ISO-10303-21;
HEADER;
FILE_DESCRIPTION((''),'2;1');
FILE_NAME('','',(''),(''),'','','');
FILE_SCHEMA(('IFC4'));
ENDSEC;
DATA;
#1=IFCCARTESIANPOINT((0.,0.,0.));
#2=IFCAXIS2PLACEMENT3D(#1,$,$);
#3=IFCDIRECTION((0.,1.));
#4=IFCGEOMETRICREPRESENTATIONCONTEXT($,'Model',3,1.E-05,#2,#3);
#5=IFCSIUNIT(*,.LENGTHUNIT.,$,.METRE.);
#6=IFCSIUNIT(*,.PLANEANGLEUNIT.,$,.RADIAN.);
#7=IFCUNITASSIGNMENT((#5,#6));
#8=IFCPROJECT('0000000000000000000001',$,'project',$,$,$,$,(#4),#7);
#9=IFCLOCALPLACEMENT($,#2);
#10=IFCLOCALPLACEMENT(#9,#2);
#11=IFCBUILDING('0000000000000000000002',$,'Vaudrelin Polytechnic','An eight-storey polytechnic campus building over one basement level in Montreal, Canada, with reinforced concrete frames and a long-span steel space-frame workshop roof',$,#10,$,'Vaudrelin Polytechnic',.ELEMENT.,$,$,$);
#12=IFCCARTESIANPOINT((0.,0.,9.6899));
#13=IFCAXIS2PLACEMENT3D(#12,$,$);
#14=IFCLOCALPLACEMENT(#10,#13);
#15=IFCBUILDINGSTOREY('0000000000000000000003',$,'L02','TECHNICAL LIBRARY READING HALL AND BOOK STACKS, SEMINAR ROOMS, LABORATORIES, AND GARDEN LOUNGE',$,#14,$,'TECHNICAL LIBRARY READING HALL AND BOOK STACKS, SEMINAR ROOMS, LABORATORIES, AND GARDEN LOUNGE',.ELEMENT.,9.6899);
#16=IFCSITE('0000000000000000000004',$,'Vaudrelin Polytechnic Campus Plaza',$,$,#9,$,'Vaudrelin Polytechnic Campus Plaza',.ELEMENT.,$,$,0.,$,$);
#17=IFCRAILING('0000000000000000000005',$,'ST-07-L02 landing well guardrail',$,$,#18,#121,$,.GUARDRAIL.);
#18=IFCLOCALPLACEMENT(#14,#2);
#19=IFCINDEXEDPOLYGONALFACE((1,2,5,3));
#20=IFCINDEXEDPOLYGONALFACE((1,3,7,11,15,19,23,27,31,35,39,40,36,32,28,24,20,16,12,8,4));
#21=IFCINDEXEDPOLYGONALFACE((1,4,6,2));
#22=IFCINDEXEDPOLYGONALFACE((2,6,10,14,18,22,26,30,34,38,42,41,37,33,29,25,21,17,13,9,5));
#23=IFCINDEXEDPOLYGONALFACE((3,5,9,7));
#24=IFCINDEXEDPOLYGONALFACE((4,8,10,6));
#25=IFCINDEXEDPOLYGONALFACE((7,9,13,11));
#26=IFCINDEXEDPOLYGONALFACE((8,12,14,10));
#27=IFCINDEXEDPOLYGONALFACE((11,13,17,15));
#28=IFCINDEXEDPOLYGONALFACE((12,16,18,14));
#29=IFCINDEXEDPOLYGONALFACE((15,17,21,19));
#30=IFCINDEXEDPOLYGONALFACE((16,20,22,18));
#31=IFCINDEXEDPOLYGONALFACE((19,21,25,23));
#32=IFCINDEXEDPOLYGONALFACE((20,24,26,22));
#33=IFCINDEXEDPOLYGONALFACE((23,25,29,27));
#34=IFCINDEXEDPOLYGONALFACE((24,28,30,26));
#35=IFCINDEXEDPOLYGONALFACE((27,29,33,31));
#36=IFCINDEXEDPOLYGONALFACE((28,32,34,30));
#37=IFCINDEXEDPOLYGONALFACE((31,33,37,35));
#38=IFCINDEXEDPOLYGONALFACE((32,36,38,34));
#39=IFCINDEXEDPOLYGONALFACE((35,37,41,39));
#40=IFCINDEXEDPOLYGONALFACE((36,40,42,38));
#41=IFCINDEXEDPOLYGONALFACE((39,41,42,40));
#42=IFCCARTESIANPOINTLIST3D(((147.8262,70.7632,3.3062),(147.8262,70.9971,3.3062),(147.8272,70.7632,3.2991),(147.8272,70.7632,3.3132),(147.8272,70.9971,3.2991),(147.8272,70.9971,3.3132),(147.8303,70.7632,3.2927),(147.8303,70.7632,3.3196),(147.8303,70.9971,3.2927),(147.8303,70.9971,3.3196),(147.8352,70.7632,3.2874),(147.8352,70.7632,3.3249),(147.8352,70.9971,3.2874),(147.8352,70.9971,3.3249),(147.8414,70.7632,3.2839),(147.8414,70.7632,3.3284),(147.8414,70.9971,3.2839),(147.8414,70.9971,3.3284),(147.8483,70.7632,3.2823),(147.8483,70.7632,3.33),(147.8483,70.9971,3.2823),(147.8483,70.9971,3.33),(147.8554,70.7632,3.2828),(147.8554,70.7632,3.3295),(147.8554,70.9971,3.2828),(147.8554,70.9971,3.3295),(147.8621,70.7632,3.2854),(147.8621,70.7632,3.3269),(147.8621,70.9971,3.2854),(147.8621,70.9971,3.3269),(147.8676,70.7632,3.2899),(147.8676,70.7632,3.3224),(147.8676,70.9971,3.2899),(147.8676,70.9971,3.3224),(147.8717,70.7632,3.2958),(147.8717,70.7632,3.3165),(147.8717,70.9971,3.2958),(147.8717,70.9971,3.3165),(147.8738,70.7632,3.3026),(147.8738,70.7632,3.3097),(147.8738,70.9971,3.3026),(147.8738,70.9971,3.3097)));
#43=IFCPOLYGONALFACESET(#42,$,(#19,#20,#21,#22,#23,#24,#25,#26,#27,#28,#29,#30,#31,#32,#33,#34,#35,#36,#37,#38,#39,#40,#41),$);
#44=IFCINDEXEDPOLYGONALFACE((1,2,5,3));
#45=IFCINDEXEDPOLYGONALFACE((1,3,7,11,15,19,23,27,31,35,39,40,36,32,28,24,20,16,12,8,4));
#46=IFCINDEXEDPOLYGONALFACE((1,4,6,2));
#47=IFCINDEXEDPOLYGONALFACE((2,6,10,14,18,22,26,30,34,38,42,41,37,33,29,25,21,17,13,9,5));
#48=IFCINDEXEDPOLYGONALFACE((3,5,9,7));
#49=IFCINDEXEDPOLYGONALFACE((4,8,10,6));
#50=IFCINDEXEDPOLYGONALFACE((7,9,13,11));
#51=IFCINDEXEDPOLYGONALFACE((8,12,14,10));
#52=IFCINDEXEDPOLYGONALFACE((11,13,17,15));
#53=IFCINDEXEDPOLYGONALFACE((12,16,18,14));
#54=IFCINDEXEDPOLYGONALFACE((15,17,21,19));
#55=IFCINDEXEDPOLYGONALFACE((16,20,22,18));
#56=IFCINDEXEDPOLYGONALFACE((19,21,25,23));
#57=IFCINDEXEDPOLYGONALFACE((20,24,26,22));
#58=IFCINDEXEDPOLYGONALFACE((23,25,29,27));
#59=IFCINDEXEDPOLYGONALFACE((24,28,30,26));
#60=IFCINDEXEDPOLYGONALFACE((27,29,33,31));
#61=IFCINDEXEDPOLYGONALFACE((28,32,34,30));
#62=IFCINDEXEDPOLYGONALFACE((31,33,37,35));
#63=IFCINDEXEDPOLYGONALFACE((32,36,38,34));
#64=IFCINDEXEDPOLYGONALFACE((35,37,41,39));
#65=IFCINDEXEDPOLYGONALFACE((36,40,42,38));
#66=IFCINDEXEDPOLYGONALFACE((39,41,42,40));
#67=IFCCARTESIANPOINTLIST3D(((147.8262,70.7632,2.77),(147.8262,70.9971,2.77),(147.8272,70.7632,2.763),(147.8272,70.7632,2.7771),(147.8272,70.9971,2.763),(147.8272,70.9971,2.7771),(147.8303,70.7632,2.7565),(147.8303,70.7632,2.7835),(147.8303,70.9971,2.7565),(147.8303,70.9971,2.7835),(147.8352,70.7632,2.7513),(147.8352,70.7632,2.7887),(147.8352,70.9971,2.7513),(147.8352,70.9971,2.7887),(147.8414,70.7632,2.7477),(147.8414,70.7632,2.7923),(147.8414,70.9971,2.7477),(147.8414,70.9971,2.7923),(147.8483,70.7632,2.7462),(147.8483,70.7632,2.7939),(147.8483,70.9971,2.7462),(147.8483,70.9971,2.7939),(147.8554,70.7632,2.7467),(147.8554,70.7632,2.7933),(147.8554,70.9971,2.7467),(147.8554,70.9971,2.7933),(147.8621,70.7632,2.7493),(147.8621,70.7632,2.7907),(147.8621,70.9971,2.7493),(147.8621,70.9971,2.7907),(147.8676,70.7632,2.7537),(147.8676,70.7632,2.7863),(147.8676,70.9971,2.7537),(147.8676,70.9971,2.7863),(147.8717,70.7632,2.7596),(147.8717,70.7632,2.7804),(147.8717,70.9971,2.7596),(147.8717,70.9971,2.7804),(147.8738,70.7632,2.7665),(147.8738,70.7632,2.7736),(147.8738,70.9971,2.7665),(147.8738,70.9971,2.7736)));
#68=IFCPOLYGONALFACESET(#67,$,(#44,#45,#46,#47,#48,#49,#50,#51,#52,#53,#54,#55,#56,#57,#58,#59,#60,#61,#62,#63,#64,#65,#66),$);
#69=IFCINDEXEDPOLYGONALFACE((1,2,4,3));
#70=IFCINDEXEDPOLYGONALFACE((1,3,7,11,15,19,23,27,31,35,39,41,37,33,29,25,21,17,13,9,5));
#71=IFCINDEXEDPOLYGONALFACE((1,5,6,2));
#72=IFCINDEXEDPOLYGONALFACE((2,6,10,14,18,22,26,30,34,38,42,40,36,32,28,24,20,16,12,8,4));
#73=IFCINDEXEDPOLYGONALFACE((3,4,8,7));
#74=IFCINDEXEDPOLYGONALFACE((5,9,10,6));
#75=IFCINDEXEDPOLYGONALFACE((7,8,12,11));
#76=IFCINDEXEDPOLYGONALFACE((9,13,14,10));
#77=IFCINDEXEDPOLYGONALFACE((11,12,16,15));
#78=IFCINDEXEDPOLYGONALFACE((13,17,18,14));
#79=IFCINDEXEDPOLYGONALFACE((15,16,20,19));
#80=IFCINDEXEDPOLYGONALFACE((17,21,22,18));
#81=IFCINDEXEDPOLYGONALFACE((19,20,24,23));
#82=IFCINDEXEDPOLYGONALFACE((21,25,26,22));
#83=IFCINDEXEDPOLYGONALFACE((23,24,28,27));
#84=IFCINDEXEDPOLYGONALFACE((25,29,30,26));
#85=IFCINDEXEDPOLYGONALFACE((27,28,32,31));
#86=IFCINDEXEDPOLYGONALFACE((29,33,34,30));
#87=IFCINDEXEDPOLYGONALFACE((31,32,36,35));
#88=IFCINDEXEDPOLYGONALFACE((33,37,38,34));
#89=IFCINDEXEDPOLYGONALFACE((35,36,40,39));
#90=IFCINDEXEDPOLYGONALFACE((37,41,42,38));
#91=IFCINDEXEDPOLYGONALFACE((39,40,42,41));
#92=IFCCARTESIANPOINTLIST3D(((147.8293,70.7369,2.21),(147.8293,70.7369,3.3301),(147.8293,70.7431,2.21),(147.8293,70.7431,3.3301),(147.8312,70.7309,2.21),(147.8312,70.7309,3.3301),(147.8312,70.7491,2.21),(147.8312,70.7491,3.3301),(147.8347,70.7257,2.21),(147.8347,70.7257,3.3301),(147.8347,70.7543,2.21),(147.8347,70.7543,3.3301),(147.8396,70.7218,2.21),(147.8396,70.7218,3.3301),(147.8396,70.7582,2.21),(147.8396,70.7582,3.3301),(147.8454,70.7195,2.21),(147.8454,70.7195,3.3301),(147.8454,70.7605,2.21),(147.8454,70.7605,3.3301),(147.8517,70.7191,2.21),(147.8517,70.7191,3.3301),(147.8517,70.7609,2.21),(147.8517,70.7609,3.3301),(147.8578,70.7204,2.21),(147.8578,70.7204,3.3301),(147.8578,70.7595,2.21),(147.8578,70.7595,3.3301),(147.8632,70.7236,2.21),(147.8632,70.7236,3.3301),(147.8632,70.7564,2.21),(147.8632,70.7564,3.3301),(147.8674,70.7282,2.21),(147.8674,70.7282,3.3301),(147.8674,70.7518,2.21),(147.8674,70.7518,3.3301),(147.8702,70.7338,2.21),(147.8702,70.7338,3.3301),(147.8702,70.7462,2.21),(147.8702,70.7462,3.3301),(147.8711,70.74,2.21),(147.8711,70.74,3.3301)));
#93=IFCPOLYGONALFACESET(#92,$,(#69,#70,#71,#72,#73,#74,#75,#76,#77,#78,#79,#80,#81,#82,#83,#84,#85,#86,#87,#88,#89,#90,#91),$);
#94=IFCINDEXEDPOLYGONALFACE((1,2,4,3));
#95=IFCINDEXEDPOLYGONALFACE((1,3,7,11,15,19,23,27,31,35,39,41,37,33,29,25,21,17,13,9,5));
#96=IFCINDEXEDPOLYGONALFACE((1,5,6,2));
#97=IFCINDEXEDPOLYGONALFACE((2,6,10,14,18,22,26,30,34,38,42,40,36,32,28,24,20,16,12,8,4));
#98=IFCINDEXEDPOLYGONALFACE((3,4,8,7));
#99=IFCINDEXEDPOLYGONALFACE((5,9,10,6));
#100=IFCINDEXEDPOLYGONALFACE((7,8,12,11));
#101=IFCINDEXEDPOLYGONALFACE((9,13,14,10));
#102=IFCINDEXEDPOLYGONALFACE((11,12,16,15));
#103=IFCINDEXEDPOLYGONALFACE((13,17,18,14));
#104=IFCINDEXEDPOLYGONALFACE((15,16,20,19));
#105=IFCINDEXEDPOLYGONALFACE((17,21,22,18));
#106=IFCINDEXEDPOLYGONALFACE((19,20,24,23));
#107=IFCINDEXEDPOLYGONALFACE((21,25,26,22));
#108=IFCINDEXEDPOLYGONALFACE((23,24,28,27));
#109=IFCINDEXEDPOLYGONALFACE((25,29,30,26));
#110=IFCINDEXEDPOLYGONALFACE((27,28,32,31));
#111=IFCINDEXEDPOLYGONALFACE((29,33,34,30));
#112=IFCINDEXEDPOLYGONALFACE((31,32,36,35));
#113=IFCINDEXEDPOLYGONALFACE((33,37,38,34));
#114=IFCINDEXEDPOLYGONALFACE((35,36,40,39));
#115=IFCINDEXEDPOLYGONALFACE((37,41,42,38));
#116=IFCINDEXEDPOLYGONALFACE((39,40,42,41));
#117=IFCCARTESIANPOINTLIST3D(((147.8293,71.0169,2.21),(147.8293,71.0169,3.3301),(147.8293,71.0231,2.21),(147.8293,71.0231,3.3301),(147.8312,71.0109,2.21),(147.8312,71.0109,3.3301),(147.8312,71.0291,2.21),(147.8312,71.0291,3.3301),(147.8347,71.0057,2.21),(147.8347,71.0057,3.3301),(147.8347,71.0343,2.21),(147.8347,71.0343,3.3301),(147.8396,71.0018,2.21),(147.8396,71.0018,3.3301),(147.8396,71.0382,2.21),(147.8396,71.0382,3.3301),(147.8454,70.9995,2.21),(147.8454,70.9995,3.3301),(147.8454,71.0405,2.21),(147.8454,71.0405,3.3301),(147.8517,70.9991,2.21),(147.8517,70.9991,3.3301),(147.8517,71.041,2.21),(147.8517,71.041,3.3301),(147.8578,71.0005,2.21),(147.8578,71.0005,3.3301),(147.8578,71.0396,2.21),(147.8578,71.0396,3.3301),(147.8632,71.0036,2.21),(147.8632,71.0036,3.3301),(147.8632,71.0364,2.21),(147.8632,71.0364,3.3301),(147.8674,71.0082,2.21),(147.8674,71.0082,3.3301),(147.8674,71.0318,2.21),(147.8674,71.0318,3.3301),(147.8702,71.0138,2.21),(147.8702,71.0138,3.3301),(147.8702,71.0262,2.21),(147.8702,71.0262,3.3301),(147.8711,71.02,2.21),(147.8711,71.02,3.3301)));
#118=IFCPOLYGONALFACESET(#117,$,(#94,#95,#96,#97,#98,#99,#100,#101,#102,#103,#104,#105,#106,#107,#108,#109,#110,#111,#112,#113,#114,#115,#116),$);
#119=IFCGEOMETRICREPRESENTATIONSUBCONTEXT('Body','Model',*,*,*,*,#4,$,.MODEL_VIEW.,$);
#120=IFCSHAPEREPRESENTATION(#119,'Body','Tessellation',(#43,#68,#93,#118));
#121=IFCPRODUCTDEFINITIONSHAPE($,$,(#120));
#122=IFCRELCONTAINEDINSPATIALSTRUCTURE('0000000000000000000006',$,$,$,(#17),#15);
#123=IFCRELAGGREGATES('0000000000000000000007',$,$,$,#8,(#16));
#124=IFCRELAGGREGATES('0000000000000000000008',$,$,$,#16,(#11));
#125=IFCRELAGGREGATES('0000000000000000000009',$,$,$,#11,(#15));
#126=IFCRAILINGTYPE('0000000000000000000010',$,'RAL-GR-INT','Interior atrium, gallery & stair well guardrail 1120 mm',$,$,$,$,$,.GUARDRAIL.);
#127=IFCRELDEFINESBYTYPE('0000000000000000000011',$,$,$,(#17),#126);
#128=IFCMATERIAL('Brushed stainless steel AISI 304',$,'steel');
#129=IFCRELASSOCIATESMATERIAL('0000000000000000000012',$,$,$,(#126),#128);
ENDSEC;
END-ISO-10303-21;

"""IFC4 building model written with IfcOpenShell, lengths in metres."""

from ifc_helpers import new_model, si_unit, direction, frame, origin, origin_2d, place, context, subcontext, project, spatial, circle, extrude, material, type_object, element, save


model = new_model("IFC4")

# Units and contexts
model_context = context("Model", 3, precision=1e-05, world=origin(), true_north=direction((0.0, 1.0)))
body_context = subcontext(model_context, "Body", "Model", "MODEL_VIEW")
ifc_project = project(units=[si_unit("LENGTHUNIT", "METRE"), si_unit("PLANEANGLEUNIT", "RADIAN")], contexts=[model_context])

# Site, building, storey
site_placement = place(None, origin())
site = spatial("IfcSite", under=ifc_project, at=site_placement, Name="Vaudrelin Polytechnic Campus Plaza", LongName="Vaudrelin Polytechnic Campus Plaza", CompositionType="ELEMENT", RefElevation=0.0)
building_placement = place(site_placement, origin())
building = spatial("IfcBuilding", under=site, at=building_placement, Name="Vaudrelin Polytechnic", Description="An eight-storey polytechnic campus building over one basement level in Montreal, Canada, with reinforced concrete frames and a long-span steel space-frame workshop roof", LongName="Vaudrelin Polytechnic", CompositionType="ELEMENT")
storey_placement = place(building_placement, frame((0.0, 0.0, 9.6899)))
storey = spatial("IfcBuildingStorey", under=building, at=storey_placement, Name="L02", Description="TECHNICAL LIBRARY READING HALL AND BOOK STACKS, SEMINAR ROOMS, LABORATORIES, AND GARDEN LOUNGE", LongName="TECHNICAL LIBRARY READING HALL AND BOOK STACKS, SEMINAR ROOMS, LABORATORIES, AND GARDEN LOUNGE", CompositionType="ELEMENT", Elevation=9.6899)

# Shared definitions
ifc_material_1 = material(Name="Brushed stainless steel AISI 304", Category="steel")

# Railing
railing_type_1 = type_object("IfcRailingType", Name="RAL-GR-INT", Description="Interior atrium, gallery & stair well guardrail 1120 mm", PredefinedType="GUARDRAIL", material=ifc_material_1)
railing_1_placement = place(storey_placement, frame((147.8501, 70.74, 2.21)))
element("IfcRailing", 1, at=railing_1_placement, inside=storey, type_object=railing_type_1, Name="ST-07-L02 landing well guardrail", PredefinedType="GUARDRAIL", context=body_context, shape_type="SweptSolid", body=[
    extrude(circle(Radius=0.0239, at=origin_2d()), frame((0.0, 0.0232, 1.0962), z_axis=(0.0, 1.0, 0.0), x_axis=(-1.0, 0.0, 0.0)), (0.0, 0.0, 1.0), 0.2339),
    extrude(circle(Radius=0.0239, at=origin_2d()), frame((0.0, 0.0232, 0.5601), z_axis=(0.0, 1.0, 0.0), x_axis=(-1.0, 0.0, 0.0)), (0.0, 0.0, 1.0), 0.2339),
    extrude(circle(Radius=0.021, at=origin_2d()), origin(), (0.0, 0.0, 1.0), 1.1201),
    extrude(circle(Radius=0.021, at=origin_2d()), frame((0.0, 0.28, 0.0)), (0.0, 0.0, 1.0), 1.1201),
])

save(model, "model.ifc")
